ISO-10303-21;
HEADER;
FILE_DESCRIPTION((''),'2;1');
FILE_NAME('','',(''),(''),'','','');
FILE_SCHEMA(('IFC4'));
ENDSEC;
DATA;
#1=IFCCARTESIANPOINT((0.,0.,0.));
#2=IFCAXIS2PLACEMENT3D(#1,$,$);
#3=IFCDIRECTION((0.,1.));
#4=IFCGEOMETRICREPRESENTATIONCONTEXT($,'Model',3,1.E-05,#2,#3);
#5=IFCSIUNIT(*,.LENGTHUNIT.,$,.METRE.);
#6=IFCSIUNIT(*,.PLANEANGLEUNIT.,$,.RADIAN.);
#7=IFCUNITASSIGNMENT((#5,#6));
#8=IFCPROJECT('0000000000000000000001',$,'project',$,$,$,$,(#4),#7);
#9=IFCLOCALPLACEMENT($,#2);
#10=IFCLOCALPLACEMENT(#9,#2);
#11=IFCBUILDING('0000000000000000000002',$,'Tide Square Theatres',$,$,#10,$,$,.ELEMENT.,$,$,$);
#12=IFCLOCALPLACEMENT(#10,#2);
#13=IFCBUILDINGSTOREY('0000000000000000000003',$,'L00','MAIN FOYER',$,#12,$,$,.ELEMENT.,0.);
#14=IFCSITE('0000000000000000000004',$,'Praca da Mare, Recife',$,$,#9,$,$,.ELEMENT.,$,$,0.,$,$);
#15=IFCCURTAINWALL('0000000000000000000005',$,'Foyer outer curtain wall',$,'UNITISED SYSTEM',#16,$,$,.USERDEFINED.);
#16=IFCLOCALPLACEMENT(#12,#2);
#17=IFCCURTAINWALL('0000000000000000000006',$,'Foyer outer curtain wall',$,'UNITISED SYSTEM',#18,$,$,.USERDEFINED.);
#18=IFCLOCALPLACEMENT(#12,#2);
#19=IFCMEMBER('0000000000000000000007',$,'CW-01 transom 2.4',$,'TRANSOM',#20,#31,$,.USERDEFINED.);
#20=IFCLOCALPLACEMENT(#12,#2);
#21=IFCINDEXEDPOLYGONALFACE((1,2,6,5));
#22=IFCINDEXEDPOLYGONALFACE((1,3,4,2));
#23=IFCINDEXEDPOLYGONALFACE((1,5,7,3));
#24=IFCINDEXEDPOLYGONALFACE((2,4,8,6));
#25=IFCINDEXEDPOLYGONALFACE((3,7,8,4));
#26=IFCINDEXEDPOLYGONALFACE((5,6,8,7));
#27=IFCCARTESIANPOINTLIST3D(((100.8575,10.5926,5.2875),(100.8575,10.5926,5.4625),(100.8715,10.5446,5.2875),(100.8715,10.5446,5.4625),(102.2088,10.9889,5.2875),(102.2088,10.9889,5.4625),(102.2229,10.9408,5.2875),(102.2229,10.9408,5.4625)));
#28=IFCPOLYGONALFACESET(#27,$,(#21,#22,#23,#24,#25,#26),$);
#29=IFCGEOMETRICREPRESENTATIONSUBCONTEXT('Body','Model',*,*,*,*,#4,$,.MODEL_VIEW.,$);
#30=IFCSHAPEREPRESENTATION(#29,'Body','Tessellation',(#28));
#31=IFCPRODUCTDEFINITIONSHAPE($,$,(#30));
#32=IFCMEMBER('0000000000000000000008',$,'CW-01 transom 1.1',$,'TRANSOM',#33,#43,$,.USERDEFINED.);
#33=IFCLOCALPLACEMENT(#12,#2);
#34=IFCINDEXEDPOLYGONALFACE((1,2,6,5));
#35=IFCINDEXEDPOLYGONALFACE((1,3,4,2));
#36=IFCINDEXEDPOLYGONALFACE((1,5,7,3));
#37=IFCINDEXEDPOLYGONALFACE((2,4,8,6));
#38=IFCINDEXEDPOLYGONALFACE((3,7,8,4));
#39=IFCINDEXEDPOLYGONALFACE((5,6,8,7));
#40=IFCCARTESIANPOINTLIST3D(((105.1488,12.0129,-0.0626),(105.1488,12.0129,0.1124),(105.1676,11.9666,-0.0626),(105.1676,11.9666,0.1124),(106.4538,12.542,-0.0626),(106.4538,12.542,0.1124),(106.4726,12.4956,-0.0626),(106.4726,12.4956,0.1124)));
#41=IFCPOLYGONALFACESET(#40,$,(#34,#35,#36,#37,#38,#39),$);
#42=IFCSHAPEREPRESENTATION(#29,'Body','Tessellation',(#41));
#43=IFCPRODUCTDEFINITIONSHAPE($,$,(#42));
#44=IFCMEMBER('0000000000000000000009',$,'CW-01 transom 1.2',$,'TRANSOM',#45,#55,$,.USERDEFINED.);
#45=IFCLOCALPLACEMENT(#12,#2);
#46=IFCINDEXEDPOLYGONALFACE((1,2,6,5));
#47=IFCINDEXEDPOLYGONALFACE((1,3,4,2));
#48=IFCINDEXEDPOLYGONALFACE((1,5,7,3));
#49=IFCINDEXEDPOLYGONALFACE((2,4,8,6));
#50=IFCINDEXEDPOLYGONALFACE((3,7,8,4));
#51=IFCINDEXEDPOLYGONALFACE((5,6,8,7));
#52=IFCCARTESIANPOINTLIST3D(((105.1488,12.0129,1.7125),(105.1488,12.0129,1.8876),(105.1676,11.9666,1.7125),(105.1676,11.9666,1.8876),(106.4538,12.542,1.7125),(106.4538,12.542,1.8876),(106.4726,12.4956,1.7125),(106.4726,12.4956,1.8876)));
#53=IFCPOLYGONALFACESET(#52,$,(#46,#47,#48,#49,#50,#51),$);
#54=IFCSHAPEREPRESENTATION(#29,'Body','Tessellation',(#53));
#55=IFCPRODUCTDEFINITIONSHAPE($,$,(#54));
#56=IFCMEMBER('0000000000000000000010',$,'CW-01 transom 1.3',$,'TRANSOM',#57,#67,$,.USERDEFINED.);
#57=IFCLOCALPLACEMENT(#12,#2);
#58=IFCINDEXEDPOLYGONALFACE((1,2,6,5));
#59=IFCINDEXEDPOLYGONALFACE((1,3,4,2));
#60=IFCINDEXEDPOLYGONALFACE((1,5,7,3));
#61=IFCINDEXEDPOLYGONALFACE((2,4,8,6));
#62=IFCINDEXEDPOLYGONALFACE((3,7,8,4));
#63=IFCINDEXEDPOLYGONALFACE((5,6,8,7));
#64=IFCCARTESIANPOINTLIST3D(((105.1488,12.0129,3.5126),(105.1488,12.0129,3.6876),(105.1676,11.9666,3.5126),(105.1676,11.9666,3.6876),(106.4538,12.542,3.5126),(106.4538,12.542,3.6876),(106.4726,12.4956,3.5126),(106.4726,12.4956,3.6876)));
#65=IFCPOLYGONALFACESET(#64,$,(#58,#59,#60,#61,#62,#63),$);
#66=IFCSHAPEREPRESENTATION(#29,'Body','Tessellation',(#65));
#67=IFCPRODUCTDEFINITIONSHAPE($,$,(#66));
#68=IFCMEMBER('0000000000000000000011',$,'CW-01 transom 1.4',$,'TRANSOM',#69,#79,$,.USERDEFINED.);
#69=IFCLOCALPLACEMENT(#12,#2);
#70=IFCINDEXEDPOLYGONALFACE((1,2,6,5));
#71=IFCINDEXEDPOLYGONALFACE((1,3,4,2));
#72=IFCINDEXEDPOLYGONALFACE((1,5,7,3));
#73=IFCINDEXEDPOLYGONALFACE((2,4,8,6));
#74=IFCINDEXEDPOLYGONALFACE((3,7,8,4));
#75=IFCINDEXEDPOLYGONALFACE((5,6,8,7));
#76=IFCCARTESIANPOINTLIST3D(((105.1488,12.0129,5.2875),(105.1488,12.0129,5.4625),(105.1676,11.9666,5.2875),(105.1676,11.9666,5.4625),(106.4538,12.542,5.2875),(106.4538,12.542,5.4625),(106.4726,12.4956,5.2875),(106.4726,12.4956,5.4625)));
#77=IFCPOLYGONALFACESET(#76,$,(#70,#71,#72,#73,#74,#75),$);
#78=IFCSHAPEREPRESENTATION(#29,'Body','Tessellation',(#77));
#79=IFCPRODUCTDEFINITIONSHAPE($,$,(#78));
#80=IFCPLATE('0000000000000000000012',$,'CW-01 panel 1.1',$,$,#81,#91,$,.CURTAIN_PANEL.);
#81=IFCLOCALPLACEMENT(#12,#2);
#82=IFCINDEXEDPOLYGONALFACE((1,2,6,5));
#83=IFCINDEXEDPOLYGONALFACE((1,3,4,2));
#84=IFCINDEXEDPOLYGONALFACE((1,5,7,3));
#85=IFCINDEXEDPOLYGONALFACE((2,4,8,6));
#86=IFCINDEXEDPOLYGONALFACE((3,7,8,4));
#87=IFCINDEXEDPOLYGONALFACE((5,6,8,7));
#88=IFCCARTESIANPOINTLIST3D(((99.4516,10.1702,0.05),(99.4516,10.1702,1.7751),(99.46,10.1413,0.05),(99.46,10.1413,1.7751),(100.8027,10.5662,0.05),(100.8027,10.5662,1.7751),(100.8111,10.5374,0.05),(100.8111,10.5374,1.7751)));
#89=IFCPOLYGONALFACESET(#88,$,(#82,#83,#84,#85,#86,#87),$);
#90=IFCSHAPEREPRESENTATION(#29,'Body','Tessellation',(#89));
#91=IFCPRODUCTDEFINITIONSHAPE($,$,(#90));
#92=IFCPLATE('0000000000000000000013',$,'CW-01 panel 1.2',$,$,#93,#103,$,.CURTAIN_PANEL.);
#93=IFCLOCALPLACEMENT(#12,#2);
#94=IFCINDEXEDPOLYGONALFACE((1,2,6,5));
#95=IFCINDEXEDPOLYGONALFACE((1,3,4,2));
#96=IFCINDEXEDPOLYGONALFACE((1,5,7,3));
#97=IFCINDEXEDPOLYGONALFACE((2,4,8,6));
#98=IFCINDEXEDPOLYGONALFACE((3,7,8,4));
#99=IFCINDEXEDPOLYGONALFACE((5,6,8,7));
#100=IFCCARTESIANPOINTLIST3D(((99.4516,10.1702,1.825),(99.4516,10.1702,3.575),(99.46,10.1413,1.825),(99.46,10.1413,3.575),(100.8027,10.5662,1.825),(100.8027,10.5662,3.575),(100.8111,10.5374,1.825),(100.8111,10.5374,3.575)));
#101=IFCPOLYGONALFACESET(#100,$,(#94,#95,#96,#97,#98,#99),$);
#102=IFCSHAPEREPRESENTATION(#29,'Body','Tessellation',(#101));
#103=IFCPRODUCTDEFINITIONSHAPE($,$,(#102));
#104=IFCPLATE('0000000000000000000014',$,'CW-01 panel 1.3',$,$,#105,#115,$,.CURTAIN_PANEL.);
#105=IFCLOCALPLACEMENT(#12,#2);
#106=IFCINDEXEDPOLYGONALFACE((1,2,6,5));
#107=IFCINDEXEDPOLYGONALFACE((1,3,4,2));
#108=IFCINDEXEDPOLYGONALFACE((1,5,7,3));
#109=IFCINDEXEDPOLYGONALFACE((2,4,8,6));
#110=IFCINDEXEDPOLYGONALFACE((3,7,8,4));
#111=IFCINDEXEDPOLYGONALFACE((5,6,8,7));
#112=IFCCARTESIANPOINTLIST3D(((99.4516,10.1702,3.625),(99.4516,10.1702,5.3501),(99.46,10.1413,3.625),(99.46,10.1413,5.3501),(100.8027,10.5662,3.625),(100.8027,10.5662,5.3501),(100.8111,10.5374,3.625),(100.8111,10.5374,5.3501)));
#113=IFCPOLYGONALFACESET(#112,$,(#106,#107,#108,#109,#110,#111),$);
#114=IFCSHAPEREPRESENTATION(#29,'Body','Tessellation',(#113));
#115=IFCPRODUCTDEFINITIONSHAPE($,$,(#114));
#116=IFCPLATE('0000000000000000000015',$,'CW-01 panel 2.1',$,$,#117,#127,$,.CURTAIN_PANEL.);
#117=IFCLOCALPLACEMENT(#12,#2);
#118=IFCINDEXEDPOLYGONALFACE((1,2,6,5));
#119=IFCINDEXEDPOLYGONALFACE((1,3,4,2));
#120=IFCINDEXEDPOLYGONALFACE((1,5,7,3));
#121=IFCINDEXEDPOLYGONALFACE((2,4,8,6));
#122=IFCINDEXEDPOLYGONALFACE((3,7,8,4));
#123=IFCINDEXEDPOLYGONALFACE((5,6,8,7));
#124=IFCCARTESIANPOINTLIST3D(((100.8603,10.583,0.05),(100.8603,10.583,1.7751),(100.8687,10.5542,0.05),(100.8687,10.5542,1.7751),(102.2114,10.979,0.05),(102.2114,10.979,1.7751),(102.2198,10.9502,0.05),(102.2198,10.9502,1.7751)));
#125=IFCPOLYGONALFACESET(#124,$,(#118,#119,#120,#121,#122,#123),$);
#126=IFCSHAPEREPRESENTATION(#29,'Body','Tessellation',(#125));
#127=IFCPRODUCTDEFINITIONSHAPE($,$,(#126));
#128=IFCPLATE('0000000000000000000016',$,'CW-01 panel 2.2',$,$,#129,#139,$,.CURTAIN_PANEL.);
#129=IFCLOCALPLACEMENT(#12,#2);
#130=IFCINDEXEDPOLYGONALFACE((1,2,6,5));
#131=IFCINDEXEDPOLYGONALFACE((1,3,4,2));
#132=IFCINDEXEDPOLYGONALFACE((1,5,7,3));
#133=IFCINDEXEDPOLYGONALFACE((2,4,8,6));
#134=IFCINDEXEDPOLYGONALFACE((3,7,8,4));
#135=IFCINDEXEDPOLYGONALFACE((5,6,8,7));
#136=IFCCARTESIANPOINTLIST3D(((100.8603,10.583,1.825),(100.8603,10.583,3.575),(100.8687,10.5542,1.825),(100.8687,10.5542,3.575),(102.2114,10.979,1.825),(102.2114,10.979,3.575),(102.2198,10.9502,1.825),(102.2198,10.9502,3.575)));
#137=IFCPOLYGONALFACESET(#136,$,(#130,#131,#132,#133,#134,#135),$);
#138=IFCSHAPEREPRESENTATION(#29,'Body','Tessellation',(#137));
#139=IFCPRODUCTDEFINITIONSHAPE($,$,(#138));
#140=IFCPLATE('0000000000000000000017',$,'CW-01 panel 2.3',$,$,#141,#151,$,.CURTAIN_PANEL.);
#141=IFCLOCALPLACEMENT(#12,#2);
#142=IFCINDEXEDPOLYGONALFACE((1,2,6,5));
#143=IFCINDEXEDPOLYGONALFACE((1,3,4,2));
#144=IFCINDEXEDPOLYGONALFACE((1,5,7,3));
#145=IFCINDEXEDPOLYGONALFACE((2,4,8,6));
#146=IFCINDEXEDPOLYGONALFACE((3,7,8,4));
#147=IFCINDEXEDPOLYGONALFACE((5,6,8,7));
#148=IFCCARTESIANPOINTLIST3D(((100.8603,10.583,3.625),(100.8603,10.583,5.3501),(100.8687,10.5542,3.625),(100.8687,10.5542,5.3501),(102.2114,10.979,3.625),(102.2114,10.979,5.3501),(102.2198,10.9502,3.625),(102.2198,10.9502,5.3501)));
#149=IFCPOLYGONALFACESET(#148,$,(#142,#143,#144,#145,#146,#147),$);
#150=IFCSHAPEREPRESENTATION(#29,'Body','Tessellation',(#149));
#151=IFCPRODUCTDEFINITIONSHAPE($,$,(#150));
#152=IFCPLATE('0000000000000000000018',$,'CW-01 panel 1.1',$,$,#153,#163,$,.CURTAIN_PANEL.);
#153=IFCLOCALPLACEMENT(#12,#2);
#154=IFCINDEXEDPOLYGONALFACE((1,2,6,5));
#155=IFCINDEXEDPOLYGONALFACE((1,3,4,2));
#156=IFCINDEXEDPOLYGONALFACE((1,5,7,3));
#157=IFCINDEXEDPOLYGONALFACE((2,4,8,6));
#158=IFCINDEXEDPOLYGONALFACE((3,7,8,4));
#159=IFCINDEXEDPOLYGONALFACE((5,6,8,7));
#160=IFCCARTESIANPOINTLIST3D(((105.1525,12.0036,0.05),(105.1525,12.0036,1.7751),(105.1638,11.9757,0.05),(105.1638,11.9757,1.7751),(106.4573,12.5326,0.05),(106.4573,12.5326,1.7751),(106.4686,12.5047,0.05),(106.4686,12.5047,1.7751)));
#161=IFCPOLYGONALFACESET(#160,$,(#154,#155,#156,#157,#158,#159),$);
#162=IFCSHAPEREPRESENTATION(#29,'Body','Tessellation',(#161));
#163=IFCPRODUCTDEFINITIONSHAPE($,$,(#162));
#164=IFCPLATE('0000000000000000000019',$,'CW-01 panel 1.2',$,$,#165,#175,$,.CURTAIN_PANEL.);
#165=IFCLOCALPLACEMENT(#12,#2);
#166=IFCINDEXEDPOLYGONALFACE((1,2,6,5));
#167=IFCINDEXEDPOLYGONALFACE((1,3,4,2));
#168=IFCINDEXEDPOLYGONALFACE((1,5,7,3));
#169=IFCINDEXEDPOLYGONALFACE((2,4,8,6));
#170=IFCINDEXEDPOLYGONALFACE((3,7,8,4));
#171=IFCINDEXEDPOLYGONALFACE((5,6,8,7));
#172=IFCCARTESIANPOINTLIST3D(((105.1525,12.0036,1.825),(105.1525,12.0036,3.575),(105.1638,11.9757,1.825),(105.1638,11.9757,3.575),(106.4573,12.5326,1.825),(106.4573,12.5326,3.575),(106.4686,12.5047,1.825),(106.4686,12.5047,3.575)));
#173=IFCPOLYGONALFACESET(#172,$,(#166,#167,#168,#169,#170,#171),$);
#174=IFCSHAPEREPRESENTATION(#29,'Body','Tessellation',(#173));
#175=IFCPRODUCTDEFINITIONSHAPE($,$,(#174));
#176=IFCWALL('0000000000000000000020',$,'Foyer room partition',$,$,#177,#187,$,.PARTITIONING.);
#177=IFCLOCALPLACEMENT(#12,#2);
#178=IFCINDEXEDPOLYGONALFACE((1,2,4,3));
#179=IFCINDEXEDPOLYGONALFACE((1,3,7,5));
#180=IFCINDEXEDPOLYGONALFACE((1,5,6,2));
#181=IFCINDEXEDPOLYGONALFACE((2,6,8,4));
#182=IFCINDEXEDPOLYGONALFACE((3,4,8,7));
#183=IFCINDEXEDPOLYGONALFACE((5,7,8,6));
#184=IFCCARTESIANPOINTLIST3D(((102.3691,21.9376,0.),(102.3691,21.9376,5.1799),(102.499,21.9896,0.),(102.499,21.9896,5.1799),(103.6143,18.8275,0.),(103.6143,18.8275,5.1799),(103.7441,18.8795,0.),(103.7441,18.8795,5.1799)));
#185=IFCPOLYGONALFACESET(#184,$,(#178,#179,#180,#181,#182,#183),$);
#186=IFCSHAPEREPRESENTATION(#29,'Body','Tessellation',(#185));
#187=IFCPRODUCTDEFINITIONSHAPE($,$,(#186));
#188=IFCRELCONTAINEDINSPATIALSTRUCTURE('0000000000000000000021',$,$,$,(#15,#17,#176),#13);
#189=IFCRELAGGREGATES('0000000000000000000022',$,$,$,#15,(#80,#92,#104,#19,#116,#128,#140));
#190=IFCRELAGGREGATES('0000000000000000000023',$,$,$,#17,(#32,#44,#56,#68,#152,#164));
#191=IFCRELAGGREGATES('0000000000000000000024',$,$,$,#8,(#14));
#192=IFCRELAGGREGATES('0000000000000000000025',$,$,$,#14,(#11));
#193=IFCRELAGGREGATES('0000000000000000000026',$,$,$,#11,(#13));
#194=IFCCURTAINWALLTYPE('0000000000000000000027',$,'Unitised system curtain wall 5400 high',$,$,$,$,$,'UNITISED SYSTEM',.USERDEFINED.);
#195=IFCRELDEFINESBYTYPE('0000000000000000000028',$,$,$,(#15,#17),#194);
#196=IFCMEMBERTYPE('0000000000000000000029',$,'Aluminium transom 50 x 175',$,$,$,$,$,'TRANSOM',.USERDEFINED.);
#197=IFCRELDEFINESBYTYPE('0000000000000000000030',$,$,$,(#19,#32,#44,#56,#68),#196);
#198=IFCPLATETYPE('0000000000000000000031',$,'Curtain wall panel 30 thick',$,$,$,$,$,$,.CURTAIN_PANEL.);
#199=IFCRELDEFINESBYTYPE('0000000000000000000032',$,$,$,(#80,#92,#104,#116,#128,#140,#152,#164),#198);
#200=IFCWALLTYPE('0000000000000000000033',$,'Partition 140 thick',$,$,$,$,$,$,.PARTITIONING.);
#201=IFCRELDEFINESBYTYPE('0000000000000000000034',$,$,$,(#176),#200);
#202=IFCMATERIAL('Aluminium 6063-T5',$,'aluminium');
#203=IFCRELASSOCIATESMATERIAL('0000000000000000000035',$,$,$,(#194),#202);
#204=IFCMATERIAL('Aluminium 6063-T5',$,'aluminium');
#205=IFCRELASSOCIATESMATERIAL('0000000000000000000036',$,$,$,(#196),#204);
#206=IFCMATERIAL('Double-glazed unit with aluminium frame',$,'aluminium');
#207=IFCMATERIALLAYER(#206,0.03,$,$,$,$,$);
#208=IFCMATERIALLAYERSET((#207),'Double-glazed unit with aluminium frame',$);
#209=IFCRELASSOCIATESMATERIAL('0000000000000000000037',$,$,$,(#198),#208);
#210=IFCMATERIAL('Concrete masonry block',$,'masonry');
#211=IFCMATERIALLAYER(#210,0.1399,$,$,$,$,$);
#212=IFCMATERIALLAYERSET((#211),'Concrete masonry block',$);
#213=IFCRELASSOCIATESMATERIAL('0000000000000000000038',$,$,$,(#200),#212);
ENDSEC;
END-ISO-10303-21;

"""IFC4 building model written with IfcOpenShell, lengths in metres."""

from ifc_helpers import new_model, si_unit, direction, frame, frame_2d, origin, origin_2d, place, context, subcontext, project, spatial, rectangle, extrude, material, layer, layer_set, material_profile, profile_set, type_object, element, aggregate, save


model = new_model("IFC4")

# Units and contexts
model_context = context("Model", 3, precision=1e-05, world=origin(), true_north=direction((0.0, 1.0)))
body_context = subcontext(model_context, "Body", "Model", "MODEL_VIEW")
ifc_project = project(units=[si_unit("LENGTHUNIT", "METRE"), si_unit("PLANEANGLEUNIT", "RADIAN")], contexts=[model_context])

# Site, building, storey
site_placement = place(None, origin())
site = spatial("IfcSite", under=ifc_project, at=site_placement, Name="Praca da Mare, Recife", CompositionType="ELEMENT", RefElevation=0.0)
building_placement = place(site_placement, origin())
building = spatial("IfcBuilding", under=site, at=building_placement, Name="Tide Square Theatres", CompositionType="ELEMENT")
storey_placement = place(building_placement, origin())
storey = spatial("IfcBuildingStorey", under=building, at=storey_placement, Name="L00", Description="MAIN FOYER", CompositionType="ELEMENT", Elevation=0.0)

# Curtain wall
ifc_material_1 = material(Name="Aluminium 6063-T5", Category="aluminium")
curtain_wall_type = type_object("IfcCurtainWallType", Name="Unitised system curtain wall 5400 high", ElementType="UNITISED SYSTEM", PredefinedType="USERDEFINED", material=ifc_material_1)
curtain_wall_1_placement = place(storey_placement, origin())
curtain_wall_1 = element("IfcCurtainWall", 1, at=curtain_wall_1_placement, inside=storey, type_object=curtain_wall_type, Name="Foyer outer curtain wall", ObjectType="UNITISED SYSTEM", PredefinedType="USERDEFINED")

# Curtain wall
curtain_wall_2_placement = place(storey_placement, origin())
curtain_wall_2 = element("IfcCurtainWall", 2, at=curtain_wall_2_placement, inside=storey, type_object=curtain_wall_type, Name="Foyer outer curtain wall", ObjectType="UNITISED SYSTEM", PredefinedType="USERDEFINED")

# Members
ifc_material_2 = material(Name="Aluminium 6063-T5", Category="aluminium")
ifc_material_profile_1 = material_profile(ifc_material_2, rectangle(XDim=0.05, YDim=0.175, at=origin_2d()))
ifc_profile_set_1 = profile_set([ifc_material_profile_1], Name="Aluminium 6063-T5")
member_type_1 = type_object("IfcMemberType", Name="Aluminium transom 50 x 175", ElementType="TRANSOM", PredefinedType="USERDEFINED", material=ifc_profile_set_1)
member_1_placement = place(storey_placement, frame((100.8645, 10.5686, 5.375), z_axis=(0.959597, 0.281378, 0.0), x_axis=(-0.281378, 0.959597, 0.0)))
member_1 = element("IfcMember", 3, at=member_1_placement, type_object=member_type_1, Name="CW-01 transom 2.4", ObjectType="TRANSOM", PredefinedType="USERDEFINED", context=body_context, shape_type="SweptSolid", body=[
    extrude(rectangle(XDim=0.05, YDim=0.175, at=origin_2d()), origin(), (0.0, 0.0, 1.0), 1.4082),
])
member_2_placement = place(storey_placement, frame((105.1582, 11.9897, 0.0249), z_axis=(0.926733, 0.375721, 0.0), x_axis=(-0.375721, 0.926733, 0.0)))
member_2 = element("IfcMember", 4, at=member_2_placement, type_object=member_type_1, Name="CW-01 transom 1.1", ObjectType="TRANSOM", PredefinedType="USERDEFINED", context=body_context, shape_type="SweptSolid", body=[
    extrude(rectangle(XDim=0.05, YDim=0.175, at=origin_2d()), origin(), (0.0, 0.0, 1.0), 1.4082),
])
member_3_placement = place(storey_placement, frame((105.1582, 11.9897, 1.8), z_axis=(0.926733, 0.375721, 0.0), x_axis=(-0.375721, 0.926733, 0.0)))
member_3 = element("IfcMember", 5, at=member_3_placement, type_object=member_type_1, Name="CW-01 transom 1.2", ObjectType="TRANSOM", PredefinedType="USERDEFINED", context=body_context, shape_type="SweptSolid", body=[
    extrude(rectangle(XDim=0.05, YDim=0.175, at=origin_2d()), origin(), (0.0, 0.0, 1.0), 1.4082),
])
member_4_placement = place(storey_placement, frame((105.1582, 11.9897, 3.6001), z_axis=(0.926733, 0.375721, 0.0), x_axis=(-0.375721, 0.926733, 0.0)))
member_4 = element("IfcMember", 6, at=member_4_placement, type_object=member_type_1, Name="CW-01 transom 1.3", ObjectType="TRANSOM", PredefinedType="USERDEFINED", context=body_context, shape_type="SweptSolid", body=[
    extrude(rectangle(XDim=0.05, YDim=0.175, at=origin_2d()), origin(), (0.0, 0.0, 1.0), 1.4082),
])
member_5_placement = place(storey_placement, frame((105.1582, 11.9897, 5.375), z_axis=(0.926733, 0.375721, 0.0), x_axis=(-0.375721, 0.926733, 0.0)))
member_5 = element("IfcMember", 7, at=member_5_placement, type_object=member_type_1, Name="CW-01 transom 1.4", ObjectType="TRANSOM", PredefinedType="USERDEFINED", context=body_context, shape_type="SweptSolid", body=[
    extrude(rectangle(XDim=0.05, YDim=0.175, at=origin_2d()), origin(), (0.0, 0.0, 1.0), 1.4082),
])

# Plates
ifc_material_3 = material(Name="Double-glazed unit with aluminium frame", Category="aluminium")
ifc_layer_1 = layer(ifc_material_3, 0.03)
ifc_layer_set_1 = layer_set([ifc_layer_1], Name="Double-glazed unit with aluminium frame")
plate_type = type_object("IfcPlateType", Name="Curtain wall panel 30 thick", PredefinedType="CURTAIN_PANEL", material=ifc_layer_set_1)
plate_1_placement = place(storey_placement, frame((100.1313, 10.3538, 0.05), z_axis=(0.0, 0.0, 1.0), x_axis=(0.959626, 0.281279, 0.0)))
plate_1 = element("IfcPlate", 8, at=plate_1_placement, type_object=plate_type, Name="CW-01 panel 1.1", PredefinedType="CURTAIN_PANEL", context=body_context, shape_type="SweptSolid", body=[
    extrude(rectangle(XDim=1.408, YDim=0.03, at=origin_2d()), origin(), (0.0, 0.0, 1.0), 1.7251),
])
plate_2_placement = place(storey_placement, frame((100.1313, 10.3538, 1.825), z_axis=(0.0, 0.0, 1.0), x_axis=(0.959626, 0.281279, 0.0)))
plate_2 = element("IfcPlate", 9, at=plate_2_placement, type_object=plate_type, Name="CW-01 panel 1.2", PredefinedType="CURTAIN_PANEL", context=body_context, shape_type="SweptSolid", body=[
    extrude(rectangle(XDim=1.408, YDim=0.03, at=origin_2d()), origin(), (0.0, 0.0, 1.0), 1.75),
])
plate_3_placement = place(storey_placement, frame((100.1313, 10.3538, 3.625), z_axis=(0.0, 0.0, 1.0), x_axis=(0.959626, 0.281279, 0.0)))
plate_3 = element("IfcPlate", 10, at=plate_3_placement, type_object=plate_type, Name="CW-01 panel 1.3", PredefinedType="CURTAIN_PANEL", context=body_context, shape_type="SweptSolid", body=[
    extrude(rectangle(XDim=1.408, YDim=0.03, at=origin_2d()), origin(), (0.0, 0.0, 1.0), 1.7251),
])
plate_4_placement = place(storey_placement, frame((101.54, 10.7666, 0.05), z_axis=(0.0, 0.0, 1.0), x_axis=(0.959626, 0.281279, 0.0)))
plate_4 = element("IfcPlate", 11, at=plate_4_placement, type_object=plate_type, Name="CW-01 panel 2.1", PredefinedType="CURTAIN_PANEL", context=body_context, shape_type="SweptSolid", body=[
    extrude(rectangle(XDim=1.408, YDim=0.03, at=origin_2d()), origin(), (0.0, 0.0, 1.0), 1.7251),
])
plate_5_placement = place(storey_placement, frame((101.54, 10.7666, 1.825), z_axis=(0.0, 0.0, 1.0), x_axis=(0.959626, 0.281279, 0.0)))
plate_5 = element("IfcPlate", 12, at=plate_5_placement, type_object=plate_type, Name="CW-01 panel 2.2", PredefinedType="CURTAIN_PANEL", context=body_context, shape_type="SweptSolid", body=[
    extrude(rectangle(XDim=1.408, YDim=0.03, at=origin_2d()), origin(), (0.0, 0.0, 1.0), 1.75),
])
plate_6_placement = place(storey_placement, frame((101.54, 10.7666, 3.625), z_axis=(0.0, 0.0, 1.0), x_axis=(0.959626, 0.281279, 0.0)))
plate_6 = element("IfcPlate", 13, at=plate_6_placement, type_object=plate_type, Name="CW-01 panel 2.3", PredefinedType="CURTAIN_PANEL", context=body_context, shape_type="SweptSolid", body=[
    extrude(rectangle(XDim=1.408, YDim=0.03, at=origin_2d()), origin(), (0.0, 0.0, 1.0), 1.7251),
])
aggregate(curtain_wall_1, [plate_1, plate_2, plate_3, member_1, plate_4, plate_5, plate_6])
plate_7_placement = place(storey_placement, frame((105.8105, 12.2542, 0.05), z_axis=(0.0, 0.0, 1.0), x_axis=(0.926729, 0.375731, 0.0)))
plate_7 = element("IfcPlate", 14, at=plate_7_placement, type_object=plate_type, Name="CW-01 panel 1.1", PredefinedType="CURTAIN_PANEL", context=body_context, shape_type="SweptSolid", body=[
    extrude(rectangle(XDim=1.408, YDim=0.03, at=origin_2d()), origin(), (0.0, 0.0, 1.0), 1.7251),
])
plate_8_placement = place(storey_placement, frame((105.8105, 12.2542, 1.825), z_axis=(0.0, 0.0, 1.0), x_axis=(0.926729, 0.375731, 0.0)))
plate_8 = element("IfcPlate", 15, at=plate_8_placement, type_object=plate_type, Name="CW-01 panel 1.2", PredefinedType="CURTAIN_PANEL", context=body_context, shape_type="SweptSolid", body=[
    extrude(rectangle(XDim=1.408, YDim=0.03, at=origin_2d()), origin(), (0.0, 0.0, 1.0), 1.75),
])
aggregate(curtain_wall_2, [member_2, member_3, member_4, member_5, plate_7, plate_8])

# Wall
ifc_material_4 = material(Name="Concrete masonry block", Category="masonry")
ifc_layer_2 = layer(ifc_material_4, 0.1399)
ifc_layer_set_2 = layer_set([ifc_layer_2], Name="Concrete masonry block")
wall_type_1 = type_object("IfcWallType", Name="Partition 140 thick", PredefinedType="PARTITIONING", material=ifc_layer_set_2)
wall_1_placement = place(storey_placement, frame((102.4341, 21.9636, 0.0), z_axis=(0.0, 0.0, 1.0), x_axis=(0.371667, -0.928366, 0.0)))
element("IfcWall", 16, at=wall_1_placement, inside=storey, type_object=wall_type_1, Name="Foyer room partition", PredefinedType="PARTITIONING", context=body_context, shape_type="SweptSolid", body=[
    extrude(rectangle(XDim=3.3501, YDim=0.1399, at=frame_2d((1.675, 0.0))), origin(), (0.0, 0.0, 1.0), 5.1799),
])

save(model, "model.ifc")
